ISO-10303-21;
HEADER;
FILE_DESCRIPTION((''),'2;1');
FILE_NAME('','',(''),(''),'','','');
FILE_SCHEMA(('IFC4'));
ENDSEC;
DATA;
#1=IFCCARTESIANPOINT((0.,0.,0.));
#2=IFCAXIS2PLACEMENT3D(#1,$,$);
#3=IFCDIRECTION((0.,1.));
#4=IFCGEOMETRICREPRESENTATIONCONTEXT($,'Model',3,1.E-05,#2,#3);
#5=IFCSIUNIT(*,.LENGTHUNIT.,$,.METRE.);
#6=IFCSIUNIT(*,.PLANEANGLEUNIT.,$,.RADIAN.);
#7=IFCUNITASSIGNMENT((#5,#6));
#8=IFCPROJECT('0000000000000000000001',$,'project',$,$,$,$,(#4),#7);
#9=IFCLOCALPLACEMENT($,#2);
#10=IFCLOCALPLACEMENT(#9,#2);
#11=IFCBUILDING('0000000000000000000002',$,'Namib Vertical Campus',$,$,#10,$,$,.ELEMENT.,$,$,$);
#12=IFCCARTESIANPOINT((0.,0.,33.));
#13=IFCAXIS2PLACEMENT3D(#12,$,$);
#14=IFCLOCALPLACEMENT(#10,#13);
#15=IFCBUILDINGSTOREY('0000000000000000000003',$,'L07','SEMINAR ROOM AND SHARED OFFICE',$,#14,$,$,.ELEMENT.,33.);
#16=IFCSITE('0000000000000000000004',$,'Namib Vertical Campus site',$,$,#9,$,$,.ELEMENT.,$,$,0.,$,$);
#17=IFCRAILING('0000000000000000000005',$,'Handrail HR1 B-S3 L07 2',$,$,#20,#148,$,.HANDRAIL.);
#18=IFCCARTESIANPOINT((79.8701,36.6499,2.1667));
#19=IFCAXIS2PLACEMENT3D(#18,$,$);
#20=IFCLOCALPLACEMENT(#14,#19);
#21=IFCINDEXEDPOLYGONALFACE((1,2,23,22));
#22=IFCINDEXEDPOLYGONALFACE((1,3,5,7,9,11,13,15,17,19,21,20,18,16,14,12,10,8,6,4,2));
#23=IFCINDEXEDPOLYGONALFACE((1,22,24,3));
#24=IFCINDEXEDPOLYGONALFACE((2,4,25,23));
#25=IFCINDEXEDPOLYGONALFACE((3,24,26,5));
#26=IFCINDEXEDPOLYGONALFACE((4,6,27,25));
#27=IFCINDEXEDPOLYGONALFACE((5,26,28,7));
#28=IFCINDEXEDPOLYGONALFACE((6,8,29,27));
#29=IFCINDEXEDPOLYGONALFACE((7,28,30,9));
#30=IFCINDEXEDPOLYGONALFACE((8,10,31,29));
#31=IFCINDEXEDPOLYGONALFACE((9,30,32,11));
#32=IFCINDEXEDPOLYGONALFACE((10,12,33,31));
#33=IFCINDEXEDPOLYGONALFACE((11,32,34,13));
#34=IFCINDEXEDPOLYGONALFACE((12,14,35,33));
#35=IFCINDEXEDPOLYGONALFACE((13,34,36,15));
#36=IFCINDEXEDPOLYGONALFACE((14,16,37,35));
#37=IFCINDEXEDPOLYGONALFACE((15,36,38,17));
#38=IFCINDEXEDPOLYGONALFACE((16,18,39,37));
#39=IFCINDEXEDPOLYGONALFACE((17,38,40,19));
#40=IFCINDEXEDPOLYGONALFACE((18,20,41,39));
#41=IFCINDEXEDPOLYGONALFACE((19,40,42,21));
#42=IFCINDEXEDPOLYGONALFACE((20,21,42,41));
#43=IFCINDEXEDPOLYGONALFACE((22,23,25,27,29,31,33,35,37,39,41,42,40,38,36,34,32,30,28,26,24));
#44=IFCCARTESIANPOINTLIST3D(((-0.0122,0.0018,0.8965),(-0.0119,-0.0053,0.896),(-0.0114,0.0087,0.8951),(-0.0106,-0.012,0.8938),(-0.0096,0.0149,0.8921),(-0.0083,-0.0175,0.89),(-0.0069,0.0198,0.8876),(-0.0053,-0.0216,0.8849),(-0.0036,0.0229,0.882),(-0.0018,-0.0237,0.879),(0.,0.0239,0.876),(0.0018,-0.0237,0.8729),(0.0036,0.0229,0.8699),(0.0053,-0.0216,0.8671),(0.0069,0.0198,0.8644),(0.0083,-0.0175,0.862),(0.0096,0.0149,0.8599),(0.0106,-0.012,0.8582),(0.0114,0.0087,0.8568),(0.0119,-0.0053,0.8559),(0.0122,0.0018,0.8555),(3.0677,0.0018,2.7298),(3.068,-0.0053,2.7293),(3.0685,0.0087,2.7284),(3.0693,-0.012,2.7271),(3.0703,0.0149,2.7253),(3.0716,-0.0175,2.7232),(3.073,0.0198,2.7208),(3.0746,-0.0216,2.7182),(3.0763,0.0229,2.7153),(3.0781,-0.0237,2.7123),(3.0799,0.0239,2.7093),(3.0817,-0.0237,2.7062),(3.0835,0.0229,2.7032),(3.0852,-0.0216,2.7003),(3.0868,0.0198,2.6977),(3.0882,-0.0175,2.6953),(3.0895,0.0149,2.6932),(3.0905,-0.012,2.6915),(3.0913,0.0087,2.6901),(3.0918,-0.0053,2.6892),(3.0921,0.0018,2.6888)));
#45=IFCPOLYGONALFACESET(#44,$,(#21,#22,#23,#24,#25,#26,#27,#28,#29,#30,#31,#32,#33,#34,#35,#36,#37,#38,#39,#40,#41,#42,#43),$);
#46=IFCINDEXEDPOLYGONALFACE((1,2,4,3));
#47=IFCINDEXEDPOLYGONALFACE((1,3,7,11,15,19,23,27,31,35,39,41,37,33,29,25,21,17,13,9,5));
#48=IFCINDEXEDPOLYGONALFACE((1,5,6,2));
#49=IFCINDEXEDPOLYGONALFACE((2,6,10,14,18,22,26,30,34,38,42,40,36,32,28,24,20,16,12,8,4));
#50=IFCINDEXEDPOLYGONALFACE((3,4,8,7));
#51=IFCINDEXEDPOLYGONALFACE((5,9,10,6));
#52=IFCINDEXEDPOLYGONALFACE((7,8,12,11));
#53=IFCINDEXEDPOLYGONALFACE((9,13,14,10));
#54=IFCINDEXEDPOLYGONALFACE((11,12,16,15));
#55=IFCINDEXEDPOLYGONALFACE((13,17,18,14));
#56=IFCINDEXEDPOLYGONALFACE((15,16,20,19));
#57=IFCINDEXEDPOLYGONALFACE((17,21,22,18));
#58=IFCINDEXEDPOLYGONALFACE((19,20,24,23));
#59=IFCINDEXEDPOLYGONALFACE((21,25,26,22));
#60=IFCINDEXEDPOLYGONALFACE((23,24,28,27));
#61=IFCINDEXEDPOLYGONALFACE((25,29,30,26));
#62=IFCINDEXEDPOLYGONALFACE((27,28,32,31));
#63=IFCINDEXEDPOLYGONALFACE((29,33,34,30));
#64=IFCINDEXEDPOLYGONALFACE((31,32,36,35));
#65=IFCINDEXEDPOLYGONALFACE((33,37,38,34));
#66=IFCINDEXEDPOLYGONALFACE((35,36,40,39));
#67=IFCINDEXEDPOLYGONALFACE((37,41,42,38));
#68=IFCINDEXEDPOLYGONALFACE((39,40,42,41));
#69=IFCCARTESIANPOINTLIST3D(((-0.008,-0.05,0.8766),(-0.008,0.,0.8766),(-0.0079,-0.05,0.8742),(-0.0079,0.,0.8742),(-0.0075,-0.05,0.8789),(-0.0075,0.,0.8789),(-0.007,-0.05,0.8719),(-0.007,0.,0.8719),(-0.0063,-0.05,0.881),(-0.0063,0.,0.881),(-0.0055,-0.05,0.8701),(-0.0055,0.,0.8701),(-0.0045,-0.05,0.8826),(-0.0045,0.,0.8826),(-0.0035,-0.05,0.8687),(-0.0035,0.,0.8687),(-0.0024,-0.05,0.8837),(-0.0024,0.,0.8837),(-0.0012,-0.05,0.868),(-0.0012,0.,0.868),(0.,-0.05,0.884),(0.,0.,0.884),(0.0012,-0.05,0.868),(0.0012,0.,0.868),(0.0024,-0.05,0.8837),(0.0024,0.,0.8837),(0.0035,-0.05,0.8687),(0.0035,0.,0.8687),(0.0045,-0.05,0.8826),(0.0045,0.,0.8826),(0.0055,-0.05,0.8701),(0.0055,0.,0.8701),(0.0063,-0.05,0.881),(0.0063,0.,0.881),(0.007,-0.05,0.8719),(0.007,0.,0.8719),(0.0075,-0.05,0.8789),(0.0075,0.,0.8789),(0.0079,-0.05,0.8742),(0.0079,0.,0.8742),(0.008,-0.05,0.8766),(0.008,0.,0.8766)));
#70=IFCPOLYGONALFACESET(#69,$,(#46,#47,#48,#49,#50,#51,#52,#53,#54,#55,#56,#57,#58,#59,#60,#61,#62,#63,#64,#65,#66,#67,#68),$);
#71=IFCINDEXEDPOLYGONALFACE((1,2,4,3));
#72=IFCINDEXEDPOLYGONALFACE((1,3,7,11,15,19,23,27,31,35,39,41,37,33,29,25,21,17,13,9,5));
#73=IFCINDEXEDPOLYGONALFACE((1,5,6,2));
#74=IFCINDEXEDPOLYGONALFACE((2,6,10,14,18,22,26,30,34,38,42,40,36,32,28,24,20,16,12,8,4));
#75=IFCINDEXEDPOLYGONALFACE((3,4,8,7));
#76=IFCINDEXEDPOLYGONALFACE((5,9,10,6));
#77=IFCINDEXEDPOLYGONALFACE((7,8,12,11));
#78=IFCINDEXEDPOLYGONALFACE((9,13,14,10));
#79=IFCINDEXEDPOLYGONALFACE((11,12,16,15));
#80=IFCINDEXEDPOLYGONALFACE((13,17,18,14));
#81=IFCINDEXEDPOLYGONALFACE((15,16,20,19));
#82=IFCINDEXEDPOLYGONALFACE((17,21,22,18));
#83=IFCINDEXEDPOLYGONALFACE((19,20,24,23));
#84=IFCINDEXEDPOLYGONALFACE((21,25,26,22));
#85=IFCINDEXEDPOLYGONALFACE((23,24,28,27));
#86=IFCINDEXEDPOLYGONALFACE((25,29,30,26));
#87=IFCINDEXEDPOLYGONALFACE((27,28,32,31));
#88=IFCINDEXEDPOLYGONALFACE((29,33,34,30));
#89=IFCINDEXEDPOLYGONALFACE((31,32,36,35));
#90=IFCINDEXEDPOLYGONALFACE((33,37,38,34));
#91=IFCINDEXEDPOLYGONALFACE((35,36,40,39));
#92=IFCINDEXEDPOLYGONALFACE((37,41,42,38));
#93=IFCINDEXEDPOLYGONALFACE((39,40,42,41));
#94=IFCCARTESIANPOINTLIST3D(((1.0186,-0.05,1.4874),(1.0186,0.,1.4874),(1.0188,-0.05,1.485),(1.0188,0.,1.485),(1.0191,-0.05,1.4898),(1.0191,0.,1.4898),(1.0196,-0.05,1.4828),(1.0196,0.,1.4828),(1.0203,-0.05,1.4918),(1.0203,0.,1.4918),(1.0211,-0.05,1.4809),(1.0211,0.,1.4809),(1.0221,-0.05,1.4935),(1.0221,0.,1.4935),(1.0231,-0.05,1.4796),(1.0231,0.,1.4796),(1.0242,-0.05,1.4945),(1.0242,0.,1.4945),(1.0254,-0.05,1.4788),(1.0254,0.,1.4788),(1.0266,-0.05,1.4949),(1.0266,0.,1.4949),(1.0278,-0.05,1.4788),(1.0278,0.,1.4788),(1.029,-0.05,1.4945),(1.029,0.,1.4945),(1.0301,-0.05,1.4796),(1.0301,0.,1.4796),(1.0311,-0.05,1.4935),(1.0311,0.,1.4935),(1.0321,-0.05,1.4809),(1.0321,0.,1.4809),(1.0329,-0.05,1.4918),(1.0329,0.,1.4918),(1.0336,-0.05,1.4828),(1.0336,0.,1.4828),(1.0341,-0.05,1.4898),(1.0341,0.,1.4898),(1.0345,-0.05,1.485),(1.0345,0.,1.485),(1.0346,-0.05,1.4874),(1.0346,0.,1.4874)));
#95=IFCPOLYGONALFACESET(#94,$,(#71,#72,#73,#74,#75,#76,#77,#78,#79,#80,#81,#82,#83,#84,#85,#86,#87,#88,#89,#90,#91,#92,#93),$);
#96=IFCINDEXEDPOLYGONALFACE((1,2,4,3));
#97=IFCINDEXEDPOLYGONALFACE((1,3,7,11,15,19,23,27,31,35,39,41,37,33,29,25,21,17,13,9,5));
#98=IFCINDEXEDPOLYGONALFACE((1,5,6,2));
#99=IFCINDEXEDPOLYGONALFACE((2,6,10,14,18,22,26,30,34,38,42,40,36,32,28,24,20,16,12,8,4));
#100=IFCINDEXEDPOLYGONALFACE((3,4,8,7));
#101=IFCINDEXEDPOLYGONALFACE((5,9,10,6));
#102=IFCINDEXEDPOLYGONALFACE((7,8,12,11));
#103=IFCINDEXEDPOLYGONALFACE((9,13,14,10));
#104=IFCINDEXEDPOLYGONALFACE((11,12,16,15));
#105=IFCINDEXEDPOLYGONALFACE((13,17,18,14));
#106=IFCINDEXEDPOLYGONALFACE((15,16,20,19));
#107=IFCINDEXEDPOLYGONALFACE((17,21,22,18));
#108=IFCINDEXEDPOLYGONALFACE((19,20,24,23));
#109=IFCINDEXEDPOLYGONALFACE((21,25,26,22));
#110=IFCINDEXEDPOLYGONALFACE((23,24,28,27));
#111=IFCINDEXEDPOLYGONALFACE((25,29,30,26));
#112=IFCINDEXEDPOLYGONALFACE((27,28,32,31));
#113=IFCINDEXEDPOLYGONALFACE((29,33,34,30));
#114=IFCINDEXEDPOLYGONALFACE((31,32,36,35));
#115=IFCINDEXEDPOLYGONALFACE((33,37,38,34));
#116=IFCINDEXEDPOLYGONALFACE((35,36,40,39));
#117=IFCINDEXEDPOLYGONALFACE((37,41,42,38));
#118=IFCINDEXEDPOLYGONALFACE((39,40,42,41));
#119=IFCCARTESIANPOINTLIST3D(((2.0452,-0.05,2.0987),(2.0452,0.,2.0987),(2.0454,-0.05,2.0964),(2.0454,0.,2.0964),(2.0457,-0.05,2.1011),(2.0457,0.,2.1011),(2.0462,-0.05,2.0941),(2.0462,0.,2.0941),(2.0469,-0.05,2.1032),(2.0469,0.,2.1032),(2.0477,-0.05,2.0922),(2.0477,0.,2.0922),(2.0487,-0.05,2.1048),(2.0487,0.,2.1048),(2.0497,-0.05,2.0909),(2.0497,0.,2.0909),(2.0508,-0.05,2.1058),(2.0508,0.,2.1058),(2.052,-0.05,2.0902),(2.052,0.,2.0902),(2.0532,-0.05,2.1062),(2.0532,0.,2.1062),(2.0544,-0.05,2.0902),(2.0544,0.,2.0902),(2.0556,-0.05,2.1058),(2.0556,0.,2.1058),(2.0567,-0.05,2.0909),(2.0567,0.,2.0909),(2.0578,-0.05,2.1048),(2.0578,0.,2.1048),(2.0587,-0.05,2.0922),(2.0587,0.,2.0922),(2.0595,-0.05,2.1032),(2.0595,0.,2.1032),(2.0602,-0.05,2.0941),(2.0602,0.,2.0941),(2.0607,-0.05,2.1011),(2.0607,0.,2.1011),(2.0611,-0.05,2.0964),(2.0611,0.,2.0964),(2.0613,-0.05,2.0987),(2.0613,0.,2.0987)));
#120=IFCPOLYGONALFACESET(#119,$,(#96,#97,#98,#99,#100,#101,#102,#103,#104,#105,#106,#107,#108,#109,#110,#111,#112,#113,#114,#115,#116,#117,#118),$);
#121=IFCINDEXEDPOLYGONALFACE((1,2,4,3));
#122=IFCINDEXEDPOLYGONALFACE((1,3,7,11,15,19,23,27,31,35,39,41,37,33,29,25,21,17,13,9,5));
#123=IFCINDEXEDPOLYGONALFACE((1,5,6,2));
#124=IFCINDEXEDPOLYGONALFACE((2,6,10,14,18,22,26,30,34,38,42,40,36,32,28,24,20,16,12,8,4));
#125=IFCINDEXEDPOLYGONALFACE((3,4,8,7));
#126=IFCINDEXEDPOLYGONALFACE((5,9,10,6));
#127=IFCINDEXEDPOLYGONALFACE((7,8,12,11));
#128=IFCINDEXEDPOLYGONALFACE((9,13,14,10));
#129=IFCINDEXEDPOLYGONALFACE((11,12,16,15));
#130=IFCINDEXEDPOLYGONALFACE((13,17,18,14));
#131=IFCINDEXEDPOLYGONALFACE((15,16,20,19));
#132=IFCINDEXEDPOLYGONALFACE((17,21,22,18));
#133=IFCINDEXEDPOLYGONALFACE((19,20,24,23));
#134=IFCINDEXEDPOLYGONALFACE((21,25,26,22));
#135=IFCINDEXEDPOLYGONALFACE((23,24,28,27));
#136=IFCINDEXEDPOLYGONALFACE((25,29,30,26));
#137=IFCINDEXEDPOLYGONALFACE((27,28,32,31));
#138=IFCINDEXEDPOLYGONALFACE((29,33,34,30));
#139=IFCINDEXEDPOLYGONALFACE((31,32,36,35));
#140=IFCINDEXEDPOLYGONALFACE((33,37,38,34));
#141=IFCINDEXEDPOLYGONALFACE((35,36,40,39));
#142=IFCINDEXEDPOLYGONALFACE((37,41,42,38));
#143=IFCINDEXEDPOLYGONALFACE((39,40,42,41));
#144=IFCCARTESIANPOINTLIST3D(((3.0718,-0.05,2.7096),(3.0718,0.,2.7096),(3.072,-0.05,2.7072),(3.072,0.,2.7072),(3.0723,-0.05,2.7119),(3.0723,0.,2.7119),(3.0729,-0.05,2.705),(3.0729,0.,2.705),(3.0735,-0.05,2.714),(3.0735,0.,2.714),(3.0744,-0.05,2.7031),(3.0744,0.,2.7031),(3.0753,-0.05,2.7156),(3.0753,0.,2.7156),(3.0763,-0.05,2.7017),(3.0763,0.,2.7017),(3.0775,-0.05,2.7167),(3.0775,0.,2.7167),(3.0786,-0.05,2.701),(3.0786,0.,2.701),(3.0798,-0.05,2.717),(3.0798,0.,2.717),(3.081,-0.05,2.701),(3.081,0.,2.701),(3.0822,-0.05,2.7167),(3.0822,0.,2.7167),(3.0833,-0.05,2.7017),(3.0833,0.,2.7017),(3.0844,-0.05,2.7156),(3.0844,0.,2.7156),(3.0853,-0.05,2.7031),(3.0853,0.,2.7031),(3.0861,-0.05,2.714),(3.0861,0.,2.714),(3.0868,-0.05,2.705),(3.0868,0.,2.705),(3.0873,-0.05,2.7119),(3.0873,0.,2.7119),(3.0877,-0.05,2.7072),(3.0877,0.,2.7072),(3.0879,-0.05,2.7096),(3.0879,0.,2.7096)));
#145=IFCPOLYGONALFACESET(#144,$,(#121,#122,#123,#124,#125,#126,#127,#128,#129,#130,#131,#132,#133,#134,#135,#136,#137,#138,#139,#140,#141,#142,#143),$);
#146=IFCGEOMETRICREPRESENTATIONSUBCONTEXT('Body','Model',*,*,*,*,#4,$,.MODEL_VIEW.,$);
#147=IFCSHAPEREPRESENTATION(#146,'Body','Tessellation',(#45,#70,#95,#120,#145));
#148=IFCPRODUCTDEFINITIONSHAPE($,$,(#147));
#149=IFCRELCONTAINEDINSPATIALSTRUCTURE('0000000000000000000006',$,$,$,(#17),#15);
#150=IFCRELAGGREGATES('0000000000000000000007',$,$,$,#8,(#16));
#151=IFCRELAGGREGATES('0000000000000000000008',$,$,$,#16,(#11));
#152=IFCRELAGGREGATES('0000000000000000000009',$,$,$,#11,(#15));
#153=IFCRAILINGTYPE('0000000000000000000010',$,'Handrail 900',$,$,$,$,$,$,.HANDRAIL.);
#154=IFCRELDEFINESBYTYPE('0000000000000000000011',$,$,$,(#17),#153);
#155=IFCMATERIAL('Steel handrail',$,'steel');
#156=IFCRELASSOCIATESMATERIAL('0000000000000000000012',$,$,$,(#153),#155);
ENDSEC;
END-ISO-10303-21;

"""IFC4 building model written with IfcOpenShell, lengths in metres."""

from ifc_helpers import new_model, si_unit, direction, frame, origin, origin_2d, place, context, subcontext, project, spatial, circle, extrude, material, type_object, element, save


model = new_model("IFC4")

# Units and contexts
model_context = context("Model", 3, precision=1e-05, world=origin(), true_north=direction((0.0, 1.0)))
body_context = subcontext(model_context, "Body", "Model", "MODEL_VIEW")
ifc_project = project(units=[si_unit("LENGTHUNIT", "METRE"), si_unit("PLANEANGLEUNIT", "RADIAN")], contexts=[model_context])

# Site, building, storey
site_placement = place(None, origin())
site = spatial("IfcSite", under=ifc_project, at=site_placement, Name="Namib Vertical Campus site", CompositionType="ELEMENT", RefElevation=0.0)
building_placement = place(site_placement, origin())
building = spatial("IfcBuilding", under=site, at=building_placement, Name="Namib Vertical Campus", CompositionType="ELEMENT")
storey_placement = place(building_placement, frame((0.0, 0.0, 33.0)))
storey = spatial("IfcBuildingStorey", under=building, at=storey_placement, Name="L07", Description="SEMINAR ROOM AND SHARED OFFICE", CompositionType="ELEMENT", Elevation=33.0)

# Railing
ifc_material_1 = material(Name="Steel handrail", Category="steel")
railing_type = type_object("IfcRailingType", Name="Handrail 900", PredefinedType="HANDRAIL", material=ifc_material_1)
railing_placement = place(storey_placement, frame((79.8701, 36.6499, 2.1667)))
element("IfcRailing", 1, at=railing_placement, inside=storey, type_object=railing_type, Name="Handrail HR1 B-S3 L07 2", PredefinedType="HANDRAIL", context=body_context, shape_type="SweptSolid", body=[
    extrude(circle(Radius=0.0239, at=origin_2d()), frame((0.0, 0.0, 0.876), z_axis=(0.859291, 0.0, 0.511487), x_axis=(0.0, 1.0, 0.0)), (0.0, 0.0, 1.0), 3.5842),
    extrude(circle(Radius=0.0081, at=origin_2d()), frame((0.0, 0.0, 0.876), z_axis=(0.0, -1.0, 0.0), x_axis=(0.0, 0.0, 1.0)), (0.0, 0.0, 1.0), 0.05),
    extrude(circle(Radius=0.0081, at=origin_2d()), frame((1.0266, 0.0, 1.4868), z_axis=(0.0, -1.0, 0.0), x_axis=(0.0, 0.0, 1.0)), (0.0, 0.0, 1.0), 0.05),
    extrude(circle(Radius=0.0081, at=origin_2d()), frame((2.0532, 0.0, 2.0981), z_axis=(0.0, -1.0, 0.0), x_axis=(0.0, 0.0, 1.0)), (0.0, 0.0, 1.0), 0.05),
    extrude(circle(Radius=0.0081, at=origin_2d()), frame((3.0798, 0.0, 2.709), z_axis=(0.0, -1.0, 0.0), x_axis=(0.0, 0.0, 1.0)), (0.0, 0.0, 1.0), 0.05),
])

save(model, "model.ifc")
